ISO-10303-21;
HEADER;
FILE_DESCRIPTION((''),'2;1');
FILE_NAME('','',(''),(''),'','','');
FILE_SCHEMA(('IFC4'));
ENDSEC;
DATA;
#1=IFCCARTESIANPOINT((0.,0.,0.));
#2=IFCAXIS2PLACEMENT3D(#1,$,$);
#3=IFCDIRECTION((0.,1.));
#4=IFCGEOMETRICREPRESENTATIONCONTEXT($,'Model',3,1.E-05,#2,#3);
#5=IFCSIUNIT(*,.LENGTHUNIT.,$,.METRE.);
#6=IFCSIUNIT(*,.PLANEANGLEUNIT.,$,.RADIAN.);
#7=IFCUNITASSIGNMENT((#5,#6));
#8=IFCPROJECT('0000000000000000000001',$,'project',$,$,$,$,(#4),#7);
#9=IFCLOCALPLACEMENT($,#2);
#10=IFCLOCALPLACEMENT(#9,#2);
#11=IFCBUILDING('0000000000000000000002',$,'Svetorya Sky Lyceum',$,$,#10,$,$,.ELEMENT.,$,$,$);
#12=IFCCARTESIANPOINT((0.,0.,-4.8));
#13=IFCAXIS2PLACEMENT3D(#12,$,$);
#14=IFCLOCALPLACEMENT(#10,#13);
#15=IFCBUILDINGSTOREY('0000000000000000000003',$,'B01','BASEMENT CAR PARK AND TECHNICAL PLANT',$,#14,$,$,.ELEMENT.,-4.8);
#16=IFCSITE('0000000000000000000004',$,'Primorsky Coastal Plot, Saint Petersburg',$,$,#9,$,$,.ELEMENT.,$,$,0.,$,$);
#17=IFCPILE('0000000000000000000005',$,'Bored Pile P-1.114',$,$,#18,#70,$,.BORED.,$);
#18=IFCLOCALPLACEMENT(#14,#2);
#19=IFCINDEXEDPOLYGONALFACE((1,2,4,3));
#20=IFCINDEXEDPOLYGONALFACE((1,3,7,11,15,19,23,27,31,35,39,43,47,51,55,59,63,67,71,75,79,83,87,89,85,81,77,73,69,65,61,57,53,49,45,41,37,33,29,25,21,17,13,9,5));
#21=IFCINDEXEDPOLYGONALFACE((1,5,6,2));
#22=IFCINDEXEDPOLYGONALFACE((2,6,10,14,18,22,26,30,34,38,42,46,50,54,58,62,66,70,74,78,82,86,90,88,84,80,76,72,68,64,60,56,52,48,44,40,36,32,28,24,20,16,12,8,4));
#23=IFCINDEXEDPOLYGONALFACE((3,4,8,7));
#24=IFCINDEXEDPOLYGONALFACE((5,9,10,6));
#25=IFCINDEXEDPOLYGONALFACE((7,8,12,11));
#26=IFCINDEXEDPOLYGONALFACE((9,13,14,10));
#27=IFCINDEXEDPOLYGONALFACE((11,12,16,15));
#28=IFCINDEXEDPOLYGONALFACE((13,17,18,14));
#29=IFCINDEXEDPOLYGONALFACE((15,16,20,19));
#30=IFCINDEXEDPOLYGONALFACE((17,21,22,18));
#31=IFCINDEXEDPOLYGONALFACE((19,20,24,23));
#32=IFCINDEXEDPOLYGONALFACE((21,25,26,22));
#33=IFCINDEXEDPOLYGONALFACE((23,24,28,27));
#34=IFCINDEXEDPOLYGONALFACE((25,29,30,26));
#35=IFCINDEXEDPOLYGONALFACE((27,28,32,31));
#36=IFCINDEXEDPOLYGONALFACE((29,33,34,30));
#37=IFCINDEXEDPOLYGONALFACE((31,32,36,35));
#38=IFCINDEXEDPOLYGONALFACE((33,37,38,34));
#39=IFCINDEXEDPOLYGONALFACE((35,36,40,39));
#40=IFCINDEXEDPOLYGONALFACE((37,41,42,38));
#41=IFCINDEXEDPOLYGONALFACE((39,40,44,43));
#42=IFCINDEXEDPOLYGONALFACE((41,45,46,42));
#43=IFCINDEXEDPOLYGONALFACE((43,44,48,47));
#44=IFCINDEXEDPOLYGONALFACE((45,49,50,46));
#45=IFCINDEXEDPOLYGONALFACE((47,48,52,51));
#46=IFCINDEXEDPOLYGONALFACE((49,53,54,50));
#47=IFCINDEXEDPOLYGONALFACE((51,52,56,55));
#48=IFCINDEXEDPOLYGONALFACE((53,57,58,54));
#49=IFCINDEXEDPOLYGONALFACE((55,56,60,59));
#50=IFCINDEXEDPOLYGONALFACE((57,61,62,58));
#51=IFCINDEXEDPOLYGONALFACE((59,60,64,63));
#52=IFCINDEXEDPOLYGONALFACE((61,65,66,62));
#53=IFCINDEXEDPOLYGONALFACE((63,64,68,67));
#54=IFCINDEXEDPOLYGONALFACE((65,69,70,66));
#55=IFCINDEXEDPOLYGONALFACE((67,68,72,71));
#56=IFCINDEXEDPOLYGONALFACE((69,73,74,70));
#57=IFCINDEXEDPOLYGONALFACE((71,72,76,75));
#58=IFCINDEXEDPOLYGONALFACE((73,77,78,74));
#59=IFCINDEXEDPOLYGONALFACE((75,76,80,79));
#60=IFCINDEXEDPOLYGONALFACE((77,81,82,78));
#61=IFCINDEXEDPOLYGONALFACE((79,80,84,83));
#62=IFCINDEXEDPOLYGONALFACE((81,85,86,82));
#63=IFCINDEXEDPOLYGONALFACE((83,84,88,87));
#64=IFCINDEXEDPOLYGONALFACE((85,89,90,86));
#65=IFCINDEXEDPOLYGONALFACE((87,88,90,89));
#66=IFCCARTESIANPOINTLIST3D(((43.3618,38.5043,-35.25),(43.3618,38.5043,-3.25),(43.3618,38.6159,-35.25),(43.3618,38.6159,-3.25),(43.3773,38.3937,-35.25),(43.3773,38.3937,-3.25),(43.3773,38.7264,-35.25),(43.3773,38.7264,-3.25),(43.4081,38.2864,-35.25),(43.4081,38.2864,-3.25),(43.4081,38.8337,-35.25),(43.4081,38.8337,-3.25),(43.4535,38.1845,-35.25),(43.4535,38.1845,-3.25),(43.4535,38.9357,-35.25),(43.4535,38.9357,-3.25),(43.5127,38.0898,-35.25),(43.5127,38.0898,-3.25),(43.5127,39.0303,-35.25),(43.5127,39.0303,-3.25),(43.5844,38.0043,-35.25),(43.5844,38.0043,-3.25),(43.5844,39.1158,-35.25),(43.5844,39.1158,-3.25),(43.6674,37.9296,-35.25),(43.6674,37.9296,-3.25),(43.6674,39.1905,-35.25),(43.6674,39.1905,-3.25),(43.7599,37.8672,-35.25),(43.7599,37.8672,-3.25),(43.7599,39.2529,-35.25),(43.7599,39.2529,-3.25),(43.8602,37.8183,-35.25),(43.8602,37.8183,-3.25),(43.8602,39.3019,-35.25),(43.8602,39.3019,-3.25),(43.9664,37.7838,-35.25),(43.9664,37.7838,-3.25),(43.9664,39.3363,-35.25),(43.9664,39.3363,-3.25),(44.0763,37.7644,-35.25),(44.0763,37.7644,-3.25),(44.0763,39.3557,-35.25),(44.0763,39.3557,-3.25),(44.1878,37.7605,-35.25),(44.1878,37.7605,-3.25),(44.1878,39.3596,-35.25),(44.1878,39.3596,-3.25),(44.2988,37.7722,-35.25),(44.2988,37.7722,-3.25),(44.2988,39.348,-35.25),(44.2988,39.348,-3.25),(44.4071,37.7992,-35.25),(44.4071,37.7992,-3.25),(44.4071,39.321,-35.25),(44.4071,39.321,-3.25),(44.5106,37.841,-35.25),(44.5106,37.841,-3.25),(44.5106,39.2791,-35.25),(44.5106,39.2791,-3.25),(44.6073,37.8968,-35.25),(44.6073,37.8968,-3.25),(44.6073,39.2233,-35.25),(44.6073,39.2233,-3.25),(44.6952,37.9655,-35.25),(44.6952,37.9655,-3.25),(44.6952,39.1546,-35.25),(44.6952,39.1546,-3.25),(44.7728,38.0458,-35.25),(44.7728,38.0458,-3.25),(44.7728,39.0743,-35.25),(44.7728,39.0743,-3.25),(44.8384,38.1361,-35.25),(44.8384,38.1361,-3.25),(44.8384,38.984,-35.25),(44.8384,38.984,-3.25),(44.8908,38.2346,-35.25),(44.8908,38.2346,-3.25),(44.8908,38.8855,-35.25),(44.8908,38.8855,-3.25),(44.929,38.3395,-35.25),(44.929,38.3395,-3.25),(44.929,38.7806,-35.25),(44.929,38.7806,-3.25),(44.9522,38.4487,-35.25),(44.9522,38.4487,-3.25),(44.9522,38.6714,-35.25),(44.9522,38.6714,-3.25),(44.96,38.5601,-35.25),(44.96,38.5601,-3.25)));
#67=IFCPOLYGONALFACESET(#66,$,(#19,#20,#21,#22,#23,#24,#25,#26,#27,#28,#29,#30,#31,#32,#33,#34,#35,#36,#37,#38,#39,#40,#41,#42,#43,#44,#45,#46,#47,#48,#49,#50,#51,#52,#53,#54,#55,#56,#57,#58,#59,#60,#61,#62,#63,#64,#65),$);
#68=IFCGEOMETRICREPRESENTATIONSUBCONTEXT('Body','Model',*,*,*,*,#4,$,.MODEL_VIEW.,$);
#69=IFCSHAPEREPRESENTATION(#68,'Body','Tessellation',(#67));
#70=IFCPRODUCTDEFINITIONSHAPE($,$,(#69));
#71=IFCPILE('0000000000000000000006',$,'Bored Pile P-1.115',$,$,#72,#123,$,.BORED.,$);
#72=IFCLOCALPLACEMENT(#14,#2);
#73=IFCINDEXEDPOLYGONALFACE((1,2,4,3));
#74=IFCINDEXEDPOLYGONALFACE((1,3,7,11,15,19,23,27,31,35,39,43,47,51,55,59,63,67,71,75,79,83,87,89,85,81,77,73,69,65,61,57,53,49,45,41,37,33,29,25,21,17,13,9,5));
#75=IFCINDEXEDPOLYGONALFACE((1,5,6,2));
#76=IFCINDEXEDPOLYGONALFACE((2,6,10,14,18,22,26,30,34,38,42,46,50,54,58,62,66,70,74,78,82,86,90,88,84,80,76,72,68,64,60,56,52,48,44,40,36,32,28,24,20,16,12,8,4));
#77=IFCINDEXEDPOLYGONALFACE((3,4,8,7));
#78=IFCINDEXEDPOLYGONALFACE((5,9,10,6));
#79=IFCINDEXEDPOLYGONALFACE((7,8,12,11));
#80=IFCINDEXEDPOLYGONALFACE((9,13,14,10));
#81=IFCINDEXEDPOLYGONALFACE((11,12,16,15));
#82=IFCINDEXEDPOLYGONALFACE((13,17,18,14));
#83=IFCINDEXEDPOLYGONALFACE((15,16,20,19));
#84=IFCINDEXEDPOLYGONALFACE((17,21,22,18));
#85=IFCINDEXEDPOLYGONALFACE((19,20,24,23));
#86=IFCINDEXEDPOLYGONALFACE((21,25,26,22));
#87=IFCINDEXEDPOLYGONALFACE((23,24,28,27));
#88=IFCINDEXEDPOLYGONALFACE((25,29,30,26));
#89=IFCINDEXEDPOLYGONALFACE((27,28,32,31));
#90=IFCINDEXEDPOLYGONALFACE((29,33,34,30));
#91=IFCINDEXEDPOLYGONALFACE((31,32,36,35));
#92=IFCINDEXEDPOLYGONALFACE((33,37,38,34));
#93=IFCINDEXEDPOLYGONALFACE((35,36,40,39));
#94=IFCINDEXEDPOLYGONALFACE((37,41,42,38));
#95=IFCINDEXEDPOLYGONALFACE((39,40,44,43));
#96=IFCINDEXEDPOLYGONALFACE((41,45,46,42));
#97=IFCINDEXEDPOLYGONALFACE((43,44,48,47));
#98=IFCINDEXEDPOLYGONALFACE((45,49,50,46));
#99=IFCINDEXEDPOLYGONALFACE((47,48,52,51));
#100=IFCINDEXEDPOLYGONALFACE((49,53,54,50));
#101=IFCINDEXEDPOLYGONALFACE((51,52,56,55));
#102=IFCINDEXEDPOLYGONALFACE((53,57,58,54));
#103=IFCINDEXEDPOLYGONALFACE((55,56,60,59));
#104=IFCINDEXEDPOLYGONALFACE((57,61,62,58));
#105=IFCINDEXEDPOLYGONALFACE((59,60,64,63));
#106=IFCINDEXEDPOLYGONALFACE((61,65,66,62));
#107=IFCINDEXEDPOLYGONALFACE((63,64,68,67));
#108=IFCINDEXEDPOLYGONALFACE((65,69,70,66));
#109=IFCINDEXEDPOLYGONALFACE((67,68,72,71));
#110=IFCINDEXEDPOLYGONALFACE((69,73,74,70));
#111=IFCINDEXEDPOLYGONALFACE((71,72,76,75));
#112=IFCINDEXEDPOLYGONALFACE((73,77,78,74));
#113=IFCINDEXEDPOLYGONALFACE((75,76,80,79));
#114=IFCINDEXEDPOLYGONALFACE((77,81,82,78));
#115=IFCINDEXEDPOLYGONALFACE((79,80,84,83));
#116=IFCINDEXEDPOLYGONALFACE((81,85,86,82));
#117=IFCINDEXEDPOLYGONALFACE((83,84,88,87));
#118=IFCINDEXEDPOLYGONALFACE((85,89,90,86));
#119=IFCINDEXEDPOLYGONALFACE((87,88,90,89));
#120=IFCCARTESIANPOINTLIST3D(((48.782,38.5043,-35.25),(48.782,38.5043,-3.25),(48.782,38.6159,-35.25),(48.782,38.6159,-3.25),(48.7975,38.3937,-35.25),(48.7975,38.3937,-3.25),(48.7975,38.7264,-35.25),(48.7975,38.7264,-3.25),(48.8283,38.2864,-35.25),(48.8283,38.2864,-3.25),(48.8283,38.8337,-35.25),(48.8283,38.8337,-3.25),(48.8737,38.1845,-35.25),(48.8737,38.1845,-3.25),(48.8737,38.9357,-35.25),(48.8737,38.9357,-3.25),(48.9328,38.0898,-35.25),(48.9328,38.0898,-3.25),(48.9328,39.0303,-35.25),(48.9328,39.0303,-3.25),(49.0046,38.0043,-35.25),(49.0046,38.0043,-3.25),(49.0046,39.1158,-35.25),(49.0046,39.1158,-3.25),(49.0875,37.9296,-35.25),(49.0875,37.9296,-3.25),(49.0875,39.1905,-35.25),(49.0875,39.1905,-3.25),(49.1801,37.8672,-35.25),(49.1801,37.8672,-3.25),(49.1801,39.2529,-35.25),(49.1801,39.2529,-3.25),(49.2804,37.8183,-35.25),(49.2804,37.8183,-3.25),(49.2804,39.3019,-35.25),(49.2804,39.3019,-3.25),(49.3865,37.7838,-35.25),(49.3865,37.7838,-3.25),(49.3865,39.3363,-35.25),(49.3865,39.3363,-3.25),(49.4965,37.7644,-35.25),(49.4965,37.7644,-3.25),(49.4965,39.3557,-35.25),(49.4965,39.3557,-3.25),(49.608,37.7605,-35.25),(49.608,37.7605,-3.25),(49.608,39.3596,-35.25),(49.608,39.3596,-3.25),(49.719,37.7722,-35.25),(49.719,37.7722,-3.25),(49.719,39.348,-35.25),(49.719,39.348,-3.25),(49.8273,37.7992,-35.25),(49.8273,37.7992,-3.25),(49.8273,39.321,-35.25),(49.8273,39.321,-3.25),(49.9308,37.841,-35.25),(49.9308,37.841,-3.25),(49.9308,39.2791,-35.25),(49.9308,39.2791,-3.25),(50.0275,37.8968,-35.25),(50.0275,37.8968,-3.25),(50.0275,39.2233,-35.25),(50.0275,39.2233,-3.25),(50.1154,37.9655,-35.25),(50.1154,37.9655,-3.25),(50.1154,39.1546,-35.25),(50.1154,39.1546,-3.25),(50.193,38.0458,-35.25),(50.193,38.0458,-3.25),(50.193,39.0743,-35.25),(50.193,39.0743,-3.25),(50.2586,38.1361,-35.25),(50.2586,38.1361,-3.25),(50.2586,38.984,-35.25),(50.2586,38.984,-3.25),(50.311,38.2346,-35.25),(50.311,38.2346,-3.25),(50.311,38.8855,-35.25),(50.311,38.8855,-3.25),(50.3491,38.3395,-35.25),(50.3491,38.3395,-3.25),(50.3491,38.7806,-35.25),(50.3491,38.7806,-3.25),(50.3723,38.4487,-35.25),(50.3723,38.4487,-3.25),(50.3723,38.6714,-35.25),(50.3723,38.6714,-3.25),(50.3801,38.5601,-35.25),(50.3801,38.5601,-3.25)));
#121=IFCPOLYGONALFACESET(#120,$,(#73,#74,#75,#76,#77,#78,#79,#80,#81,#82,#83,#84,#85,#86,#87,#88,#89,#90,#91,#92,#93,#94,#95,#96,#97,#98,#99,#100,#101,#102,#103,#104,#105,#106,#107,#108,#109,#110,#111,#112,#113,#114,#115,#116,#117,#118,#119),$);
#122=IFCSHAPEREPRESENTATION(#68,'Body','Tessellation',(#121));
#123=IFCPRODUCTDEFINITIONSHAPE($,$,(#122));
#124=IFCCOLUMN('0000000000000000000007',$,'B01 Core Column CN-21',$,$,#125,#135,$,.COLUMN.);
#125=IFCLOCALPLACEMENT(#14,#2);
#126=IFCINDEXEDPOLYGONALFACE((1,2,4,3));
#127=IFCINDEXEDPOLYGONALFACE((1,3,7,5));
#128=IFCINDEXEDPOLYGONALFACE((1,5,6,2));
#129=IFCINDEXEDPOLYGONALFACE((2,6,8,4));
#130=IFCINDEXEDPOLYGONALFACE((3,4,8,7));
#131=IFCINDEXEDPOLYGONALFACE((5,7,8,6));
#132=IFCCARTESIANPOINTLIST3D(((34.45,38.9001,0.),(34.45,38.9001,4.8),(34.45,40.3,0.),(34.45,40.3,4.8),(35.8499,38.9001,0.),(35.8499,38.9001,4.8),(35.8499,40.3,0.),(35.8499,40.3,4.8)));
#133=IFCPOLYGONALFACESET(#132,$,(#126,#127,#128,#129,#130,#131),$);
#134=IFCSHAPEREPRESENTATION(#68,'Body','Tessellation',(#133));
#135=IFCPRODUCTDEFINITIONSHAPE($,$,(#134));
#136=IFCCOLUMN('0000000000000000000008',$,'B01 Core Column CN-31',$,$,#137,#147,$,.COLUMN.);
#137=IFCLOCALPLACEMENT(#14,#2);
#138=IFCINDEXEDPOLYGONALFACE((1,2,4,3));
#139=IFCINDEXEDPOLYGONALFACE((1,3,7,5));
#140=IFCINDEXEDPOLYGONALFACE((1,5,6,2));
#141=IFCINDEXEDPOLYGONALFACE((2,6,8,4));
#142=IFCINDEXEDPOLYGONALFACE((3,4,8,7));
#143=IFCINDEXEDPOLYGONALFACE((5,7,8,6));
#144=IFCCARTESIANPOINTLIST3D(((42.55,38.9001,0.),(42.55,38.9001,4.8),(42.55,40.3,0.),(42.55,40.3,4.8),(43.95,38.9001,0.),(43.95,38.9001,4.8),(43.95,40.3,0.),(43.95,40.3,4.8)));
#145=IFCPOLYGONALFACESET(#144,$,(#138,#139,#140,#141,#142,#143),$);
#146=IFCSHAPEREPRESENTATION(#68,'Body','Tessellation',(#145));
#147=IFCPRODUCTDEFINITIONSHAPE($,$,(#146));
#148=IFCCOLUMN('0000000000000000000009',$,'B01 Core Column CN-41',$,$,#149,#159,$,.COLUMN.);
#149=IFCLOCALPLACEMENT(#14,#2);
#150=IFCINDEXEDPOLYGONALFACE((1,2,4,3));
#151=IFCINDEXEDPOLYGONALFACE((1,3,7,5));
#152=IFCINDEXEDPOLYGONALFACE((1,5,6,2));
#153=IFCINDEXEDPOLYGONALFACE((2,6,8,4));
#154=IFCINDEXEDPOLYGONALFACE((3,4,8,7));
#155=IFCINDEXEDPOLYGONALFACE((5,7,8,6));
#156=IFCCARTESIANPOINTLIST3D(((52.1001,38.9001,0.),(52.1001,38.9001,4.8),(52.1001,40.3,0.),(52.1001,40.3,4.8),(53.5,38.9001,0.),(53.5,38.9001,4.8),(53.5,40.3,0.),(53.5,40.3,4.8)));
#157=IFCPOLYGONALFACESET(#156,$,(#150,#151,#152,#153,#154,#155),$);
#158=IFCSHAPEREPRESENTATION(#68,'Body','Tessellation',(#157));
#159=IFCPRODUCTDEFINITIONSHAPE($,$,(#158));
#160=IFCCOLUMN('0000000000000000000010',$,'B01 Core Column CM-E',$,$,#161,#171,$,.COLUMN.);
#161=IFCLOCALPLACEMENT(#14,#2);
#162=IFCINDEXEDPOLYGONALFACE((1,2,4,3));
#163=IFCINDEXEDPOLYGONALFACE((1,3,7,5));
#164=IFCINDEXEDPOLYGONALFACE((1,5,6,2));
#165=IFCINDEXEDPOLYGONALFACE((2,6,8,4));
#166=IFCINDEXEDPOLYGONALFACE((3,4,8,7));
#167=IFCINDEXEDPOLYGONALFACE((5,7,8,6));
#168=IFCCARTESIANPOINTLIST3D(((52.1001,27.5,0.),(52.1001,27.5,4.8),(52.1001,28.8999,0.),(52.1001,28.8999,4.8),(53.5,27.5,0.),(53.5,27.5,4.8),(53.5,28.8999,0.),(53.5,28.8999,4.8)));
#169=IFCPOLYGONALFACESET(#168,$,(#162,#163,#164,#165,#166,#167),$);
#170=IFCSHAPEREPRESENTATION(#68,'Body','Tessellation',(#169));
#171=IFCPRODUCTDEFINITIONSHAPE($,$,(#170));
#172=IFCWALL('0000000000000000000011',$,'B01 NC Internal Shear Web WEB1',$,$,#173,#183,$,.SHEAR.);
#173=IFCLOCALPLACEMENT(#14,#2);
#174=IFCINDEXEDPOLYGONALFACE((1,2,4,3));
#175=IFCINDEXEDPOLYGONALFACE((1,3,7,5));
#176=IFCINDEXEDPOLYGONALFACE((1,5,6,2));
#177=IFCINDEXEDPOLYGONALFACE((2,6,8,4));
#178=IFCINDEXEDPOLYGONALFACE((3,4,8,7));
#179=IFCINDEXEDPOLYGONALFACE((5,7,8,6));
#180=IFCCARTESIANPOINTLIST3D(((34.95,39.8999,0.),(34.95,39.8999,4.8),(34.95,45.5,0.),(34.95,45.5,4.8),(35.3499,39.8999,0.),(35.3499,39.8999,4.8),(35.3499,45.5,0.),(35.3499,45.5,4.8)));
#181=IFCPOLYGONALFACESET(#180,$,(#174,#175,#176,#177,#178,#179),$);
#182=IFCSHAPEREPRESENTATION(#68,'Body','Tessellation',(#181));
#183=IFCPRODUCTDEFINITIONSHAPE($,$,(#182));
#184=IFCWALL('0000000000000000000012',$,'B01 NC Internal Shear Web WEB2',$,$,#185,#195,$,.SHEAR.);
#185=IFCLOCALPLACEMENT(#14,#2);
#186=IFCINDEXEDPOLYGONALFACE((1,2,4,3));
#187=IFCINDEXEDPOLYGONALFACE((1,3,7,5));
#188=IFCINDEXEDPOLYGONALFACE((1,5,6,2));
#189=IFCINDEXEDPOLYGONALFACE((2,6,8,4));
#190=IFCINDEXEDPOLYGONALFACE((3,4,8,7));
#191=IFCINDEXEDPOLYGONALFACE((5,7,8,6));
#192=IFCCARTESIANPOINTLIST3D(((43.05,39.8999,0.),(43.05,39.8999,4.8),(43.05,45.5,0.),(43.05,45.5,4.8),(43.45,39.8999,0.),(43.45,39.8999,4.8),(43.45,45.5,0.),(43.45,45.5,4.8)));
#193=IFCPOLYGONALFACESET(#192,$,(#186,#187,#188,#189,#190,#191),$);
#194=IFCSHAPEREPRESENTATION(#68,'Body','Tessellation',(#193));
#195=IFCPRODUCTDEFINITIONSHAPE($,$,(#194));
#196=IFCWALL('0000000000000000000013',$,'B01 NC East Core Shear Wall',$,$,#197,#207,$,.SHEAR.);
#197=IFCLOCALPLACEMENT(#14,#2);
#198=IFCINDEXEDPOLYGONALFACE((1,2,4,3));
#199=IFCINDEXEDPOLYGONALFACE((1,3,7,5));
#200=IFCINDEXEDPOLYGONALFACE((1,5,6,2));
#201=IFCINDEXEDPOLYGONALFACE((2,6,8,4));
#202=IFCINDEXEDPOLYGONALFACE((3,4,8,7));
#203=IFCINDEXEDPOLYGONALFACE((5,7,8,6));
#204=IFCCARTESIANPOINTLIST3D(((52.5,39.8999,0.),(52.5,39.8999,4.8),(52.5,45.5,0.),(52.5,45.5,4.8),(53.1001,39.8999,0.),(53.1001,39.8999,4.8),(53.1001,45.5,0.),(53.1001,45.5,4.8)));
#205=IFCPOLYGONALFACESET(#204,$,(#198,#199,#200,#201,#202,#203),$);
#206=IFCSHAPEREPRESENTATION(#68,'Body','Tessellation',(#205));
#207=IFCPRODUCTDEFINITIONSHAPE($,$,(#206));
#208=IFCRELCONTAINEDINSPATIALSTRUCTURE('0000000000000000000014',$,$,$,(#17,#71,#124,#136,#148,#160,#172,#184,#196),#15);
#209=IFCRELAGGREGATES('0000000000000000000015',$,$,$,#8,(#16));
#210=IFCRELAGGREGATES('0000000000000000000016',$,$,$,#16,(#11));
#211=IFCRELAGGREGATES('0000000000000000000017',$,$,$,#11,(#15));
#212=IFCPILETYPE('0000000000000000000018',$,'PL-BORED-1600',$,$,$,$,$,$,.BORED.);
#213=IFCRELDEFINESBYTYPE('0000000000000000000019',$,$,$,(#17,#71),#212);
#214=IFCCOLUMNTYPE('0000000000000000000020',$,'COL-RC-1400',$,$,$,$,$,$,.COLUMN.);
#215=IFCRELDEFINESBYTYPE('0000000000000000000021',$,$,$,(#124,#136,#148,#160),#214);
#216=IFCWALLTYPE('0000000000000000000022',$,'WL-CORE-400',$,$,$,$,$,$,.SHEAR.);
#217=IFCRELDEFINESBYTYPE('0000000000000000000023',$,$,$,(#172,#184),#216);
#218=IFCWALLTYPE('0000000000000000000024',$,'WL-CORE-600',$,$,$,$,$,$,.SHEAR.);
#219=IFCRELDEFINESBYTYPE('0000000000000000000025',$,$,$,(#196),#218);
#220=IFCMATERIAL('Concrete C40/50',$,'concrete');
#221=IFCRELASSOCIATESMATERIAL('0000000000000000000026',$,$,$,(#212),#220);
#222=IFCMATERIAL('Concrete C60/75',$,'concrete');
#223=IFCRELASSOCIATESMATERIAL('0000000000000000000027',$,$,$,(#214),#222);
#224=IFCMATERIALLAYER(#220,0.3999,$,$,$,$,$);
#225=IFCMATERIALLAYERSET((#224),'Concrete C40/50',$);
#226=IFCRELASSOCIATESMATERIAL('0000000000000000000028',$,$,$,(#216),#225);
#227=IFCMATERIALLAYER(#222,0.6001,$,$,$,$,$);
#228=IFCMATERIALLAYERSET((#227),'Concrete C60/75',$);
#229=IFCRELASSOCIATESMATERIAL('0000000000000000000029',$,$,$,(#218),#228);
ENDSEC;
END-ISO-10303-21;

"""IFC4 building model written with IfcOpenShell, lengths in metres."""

from ifc_helpers import new_model, si_unit, direction, frame, frame_2d, origin, origin_2d, place, context, subcontext, project, spatial, rectangle, circle, extrude, material, layer, layer_set, material_profile, profile_set, type_object, element, save


model = new_model("IFC4")

# Units and contexts
model_context = context("Model", 3, precision=1e-05, world=origin(), true_north=direction((0.0, 1.0)))
body_context = subcontext(model_context, "Body", "Model", "MODEL_VIEW")
ifc_project = project(units=[si_unit("LENGTHUNIT", "METRE"), si_unit("PLANEANGLEUNIT", "RADIAN")], contexts=[model_context])

# Site, building, storey
site_placement = place(None, origin())
site = spatial("IfcSite", under=ifc_project, at=site_placement, Name="Primorsky Coastal Plot, Saint Petersburg", CompositionType="ELEMENT", RefElevation=0.0)
building_placement = place(site_placement, origin())
building = spatial("IfcBuilding", under=site, at=building_placement, Name="Svetorya Sky Lyceum", CompositionType="ELEMENT")
storey_placement = place(building_placement, frame((0.0, 0.0, -4.8)))
storey = spatial("IfcBuildingStorey", under=building, at=storey_placement, Name="B01", Description="BASEMENT CAR PARK AND TECHNICAL PLANT", CompositionType="ELEMENT", Elevation=-4.8)

# Piles
ifc_material_1 = material(Name="Concrete C40/50", Category="concrete")
ifc_material_profile_1 = material_profile(ifc_material_1, circle(Radius=0.8, at=origin_2d()), Name="RC PILE D1600")
ifc_profile_set_1 = profile_set([ifc_material_profile_1], Name="Concrete C40/50")
pile_type = type_object("IfcPileType", Name="PL-BORED-1600", PredefinedType="BORED", material=ifc_profile_set_1)
for number, where, z_axis, x_axis, name in (
    (1, (44.1599, 38.5601, -3.25), (0.0, 0.0, -1.0), (1.0, 0.0, 0.0), "Bored Pile P-1.114"),
    (2, (49.5801, 38.5601, -3.25), (0.0, 0.0, -1.0), (1.0, 0.0, 0.0), "Bored Pile P-1.115"),
):
    element("IfcPile", number, at=place(storey_placement, frame(where, z_axis=z_axis, x_axis=x_axis)), inside=storey, type_object=pile_type, Name=name, PredefinedType="BORED", context=body_context, shape_type="SweptSolid", body=[
        extrude(circle(Radius=0.8, at=origin_2d()), origin(), (0.0, 0.0, 1.0), 32.0),
    ])

# Columns
ifc_material_2 = material(Name="Concrete C60/75", Category="concrete")
ifc_material_profile_2 = material_profile(ifc_material_2, rectangle(XDim=1.3999, YDim=1.3999, at=origin_2d()), Name="RC COL 1400x1400")
ifc_profile_set_2 = profile_set([ifc_material_profile_2], Name="Concrete C60/75")
column_type = type_object("IfcColumnType", Name="COL-RC-1400", PredefinedType="COLUMN", material=ifc_profile_set_2)
for number, where, z_axis, x_axis, name in (
    (3, (35.1499, 39.6001, 0.0), (0.0, 0.0, 1.0), (1.0, 0.0, 0.0), "B01 Core Column CN-21"),
    (4, (43.25, 39.6001, 0.0), (0.0, 0.0, 1.0), (1.0, 0.0, 0.0), "B01 Core Column CN-31"),
    (5, (52.8, 39.6001, 0.0), (0.0, 0.0, 1.0), (1.0, 0.0, 0.0), "B01 Core Column CN-41"),
    (6, (52.8, 28.2, 0.0), (0.0, 0.0, 1.0), (1.0, 0.0, 0.0), "B01 Core Column CM-E"),
):
    element("IfcColumn", number, at=place(storey_placement, frame(where, z_axis=z_axis, x_axis=x_axis)), inside=storey, type_object=column_type, Name=name, PredefinedType="COLUMN", context=body_context, shape_type="SweptSolid", body=[
        extrude(rectangle(XDim=1.3999, YDim=1.3999, at=origin_2d()), origin(), (0.0, 0.0, 1.0), 4.8),
    ])

# Walls
ifc_layer_1 = layer(ifc_material_1, 0.3999)
ifc_layer_set_1 = layer_set([ifc_layer_1], Name="Concrete C40/50")
wall_type_1 = type_object("IfcWallType", Name="WL-CORE-400", PredefinedType="SHEAR", material=ifc_layer_set_1)
for number, where, z_axis, x_axis, name in (
    (7, (35.1499, 39.8999, 0.0), (0.0, 0.0, 1.0), (0.0, 1.0, 0.0), "B01 NC Internal Shear Web WEB1"),
    (8, (43.25, 39.8999, 0.0), (0.0, 0.0, 1.0), (0.0, 1.0, 0.0), "B01 NC Internal Shear Web WEB2"),
):
    element("IfcWall", number, at=place(storey_placement, frame(where, z_axis=z_axis, x_axis=x_axis)), inside=storey, type_object=wall_type_1, Name=name, PredefinedType="SHEAR", context=body_context, shape_type="SweptSolid", body=[
        extrude(rectangle(XDim=5.6001, YDim=0.3999, at=frame_2d((2.8, 0.0))), origin(), (0.0, 0.0, 1.0), 4.8),
    ])
ifc_layer_2 = layer(ifc_material_2, 0.6001)
ifc_layer_set_2 = layer_set([ifc_layer_2], Name="Concrete C60/75")
wall_type_2 = type_object("IfcWallType", Name="WL-CORE-600", PredefinedType="SHEAR", material=ifc_layer_set_2)
wall_1_placement = place(storey_placement, frame((52.8, 39.8999, 0.0), z_axis=(0.0, 0.0, 1.0), x_axis=(0.0, 1.0, 0.0)))
element("IfcWall", 9, at=wall_1_placement, inside=storey, type_object=wall_type_2, Name="B01 NC East Core Shear Wall", PredefinedType="SHEAR", context=body_context, shape_type="SweptSolid", body=[
    extrude(rectangle(XDim=5.6001, YDim=0.6001, at=frame_2d((2.8, 0.0))), origin(), (0.0, 0.0, 1.0), 4.8),
])

save(model, "model.ifc")
